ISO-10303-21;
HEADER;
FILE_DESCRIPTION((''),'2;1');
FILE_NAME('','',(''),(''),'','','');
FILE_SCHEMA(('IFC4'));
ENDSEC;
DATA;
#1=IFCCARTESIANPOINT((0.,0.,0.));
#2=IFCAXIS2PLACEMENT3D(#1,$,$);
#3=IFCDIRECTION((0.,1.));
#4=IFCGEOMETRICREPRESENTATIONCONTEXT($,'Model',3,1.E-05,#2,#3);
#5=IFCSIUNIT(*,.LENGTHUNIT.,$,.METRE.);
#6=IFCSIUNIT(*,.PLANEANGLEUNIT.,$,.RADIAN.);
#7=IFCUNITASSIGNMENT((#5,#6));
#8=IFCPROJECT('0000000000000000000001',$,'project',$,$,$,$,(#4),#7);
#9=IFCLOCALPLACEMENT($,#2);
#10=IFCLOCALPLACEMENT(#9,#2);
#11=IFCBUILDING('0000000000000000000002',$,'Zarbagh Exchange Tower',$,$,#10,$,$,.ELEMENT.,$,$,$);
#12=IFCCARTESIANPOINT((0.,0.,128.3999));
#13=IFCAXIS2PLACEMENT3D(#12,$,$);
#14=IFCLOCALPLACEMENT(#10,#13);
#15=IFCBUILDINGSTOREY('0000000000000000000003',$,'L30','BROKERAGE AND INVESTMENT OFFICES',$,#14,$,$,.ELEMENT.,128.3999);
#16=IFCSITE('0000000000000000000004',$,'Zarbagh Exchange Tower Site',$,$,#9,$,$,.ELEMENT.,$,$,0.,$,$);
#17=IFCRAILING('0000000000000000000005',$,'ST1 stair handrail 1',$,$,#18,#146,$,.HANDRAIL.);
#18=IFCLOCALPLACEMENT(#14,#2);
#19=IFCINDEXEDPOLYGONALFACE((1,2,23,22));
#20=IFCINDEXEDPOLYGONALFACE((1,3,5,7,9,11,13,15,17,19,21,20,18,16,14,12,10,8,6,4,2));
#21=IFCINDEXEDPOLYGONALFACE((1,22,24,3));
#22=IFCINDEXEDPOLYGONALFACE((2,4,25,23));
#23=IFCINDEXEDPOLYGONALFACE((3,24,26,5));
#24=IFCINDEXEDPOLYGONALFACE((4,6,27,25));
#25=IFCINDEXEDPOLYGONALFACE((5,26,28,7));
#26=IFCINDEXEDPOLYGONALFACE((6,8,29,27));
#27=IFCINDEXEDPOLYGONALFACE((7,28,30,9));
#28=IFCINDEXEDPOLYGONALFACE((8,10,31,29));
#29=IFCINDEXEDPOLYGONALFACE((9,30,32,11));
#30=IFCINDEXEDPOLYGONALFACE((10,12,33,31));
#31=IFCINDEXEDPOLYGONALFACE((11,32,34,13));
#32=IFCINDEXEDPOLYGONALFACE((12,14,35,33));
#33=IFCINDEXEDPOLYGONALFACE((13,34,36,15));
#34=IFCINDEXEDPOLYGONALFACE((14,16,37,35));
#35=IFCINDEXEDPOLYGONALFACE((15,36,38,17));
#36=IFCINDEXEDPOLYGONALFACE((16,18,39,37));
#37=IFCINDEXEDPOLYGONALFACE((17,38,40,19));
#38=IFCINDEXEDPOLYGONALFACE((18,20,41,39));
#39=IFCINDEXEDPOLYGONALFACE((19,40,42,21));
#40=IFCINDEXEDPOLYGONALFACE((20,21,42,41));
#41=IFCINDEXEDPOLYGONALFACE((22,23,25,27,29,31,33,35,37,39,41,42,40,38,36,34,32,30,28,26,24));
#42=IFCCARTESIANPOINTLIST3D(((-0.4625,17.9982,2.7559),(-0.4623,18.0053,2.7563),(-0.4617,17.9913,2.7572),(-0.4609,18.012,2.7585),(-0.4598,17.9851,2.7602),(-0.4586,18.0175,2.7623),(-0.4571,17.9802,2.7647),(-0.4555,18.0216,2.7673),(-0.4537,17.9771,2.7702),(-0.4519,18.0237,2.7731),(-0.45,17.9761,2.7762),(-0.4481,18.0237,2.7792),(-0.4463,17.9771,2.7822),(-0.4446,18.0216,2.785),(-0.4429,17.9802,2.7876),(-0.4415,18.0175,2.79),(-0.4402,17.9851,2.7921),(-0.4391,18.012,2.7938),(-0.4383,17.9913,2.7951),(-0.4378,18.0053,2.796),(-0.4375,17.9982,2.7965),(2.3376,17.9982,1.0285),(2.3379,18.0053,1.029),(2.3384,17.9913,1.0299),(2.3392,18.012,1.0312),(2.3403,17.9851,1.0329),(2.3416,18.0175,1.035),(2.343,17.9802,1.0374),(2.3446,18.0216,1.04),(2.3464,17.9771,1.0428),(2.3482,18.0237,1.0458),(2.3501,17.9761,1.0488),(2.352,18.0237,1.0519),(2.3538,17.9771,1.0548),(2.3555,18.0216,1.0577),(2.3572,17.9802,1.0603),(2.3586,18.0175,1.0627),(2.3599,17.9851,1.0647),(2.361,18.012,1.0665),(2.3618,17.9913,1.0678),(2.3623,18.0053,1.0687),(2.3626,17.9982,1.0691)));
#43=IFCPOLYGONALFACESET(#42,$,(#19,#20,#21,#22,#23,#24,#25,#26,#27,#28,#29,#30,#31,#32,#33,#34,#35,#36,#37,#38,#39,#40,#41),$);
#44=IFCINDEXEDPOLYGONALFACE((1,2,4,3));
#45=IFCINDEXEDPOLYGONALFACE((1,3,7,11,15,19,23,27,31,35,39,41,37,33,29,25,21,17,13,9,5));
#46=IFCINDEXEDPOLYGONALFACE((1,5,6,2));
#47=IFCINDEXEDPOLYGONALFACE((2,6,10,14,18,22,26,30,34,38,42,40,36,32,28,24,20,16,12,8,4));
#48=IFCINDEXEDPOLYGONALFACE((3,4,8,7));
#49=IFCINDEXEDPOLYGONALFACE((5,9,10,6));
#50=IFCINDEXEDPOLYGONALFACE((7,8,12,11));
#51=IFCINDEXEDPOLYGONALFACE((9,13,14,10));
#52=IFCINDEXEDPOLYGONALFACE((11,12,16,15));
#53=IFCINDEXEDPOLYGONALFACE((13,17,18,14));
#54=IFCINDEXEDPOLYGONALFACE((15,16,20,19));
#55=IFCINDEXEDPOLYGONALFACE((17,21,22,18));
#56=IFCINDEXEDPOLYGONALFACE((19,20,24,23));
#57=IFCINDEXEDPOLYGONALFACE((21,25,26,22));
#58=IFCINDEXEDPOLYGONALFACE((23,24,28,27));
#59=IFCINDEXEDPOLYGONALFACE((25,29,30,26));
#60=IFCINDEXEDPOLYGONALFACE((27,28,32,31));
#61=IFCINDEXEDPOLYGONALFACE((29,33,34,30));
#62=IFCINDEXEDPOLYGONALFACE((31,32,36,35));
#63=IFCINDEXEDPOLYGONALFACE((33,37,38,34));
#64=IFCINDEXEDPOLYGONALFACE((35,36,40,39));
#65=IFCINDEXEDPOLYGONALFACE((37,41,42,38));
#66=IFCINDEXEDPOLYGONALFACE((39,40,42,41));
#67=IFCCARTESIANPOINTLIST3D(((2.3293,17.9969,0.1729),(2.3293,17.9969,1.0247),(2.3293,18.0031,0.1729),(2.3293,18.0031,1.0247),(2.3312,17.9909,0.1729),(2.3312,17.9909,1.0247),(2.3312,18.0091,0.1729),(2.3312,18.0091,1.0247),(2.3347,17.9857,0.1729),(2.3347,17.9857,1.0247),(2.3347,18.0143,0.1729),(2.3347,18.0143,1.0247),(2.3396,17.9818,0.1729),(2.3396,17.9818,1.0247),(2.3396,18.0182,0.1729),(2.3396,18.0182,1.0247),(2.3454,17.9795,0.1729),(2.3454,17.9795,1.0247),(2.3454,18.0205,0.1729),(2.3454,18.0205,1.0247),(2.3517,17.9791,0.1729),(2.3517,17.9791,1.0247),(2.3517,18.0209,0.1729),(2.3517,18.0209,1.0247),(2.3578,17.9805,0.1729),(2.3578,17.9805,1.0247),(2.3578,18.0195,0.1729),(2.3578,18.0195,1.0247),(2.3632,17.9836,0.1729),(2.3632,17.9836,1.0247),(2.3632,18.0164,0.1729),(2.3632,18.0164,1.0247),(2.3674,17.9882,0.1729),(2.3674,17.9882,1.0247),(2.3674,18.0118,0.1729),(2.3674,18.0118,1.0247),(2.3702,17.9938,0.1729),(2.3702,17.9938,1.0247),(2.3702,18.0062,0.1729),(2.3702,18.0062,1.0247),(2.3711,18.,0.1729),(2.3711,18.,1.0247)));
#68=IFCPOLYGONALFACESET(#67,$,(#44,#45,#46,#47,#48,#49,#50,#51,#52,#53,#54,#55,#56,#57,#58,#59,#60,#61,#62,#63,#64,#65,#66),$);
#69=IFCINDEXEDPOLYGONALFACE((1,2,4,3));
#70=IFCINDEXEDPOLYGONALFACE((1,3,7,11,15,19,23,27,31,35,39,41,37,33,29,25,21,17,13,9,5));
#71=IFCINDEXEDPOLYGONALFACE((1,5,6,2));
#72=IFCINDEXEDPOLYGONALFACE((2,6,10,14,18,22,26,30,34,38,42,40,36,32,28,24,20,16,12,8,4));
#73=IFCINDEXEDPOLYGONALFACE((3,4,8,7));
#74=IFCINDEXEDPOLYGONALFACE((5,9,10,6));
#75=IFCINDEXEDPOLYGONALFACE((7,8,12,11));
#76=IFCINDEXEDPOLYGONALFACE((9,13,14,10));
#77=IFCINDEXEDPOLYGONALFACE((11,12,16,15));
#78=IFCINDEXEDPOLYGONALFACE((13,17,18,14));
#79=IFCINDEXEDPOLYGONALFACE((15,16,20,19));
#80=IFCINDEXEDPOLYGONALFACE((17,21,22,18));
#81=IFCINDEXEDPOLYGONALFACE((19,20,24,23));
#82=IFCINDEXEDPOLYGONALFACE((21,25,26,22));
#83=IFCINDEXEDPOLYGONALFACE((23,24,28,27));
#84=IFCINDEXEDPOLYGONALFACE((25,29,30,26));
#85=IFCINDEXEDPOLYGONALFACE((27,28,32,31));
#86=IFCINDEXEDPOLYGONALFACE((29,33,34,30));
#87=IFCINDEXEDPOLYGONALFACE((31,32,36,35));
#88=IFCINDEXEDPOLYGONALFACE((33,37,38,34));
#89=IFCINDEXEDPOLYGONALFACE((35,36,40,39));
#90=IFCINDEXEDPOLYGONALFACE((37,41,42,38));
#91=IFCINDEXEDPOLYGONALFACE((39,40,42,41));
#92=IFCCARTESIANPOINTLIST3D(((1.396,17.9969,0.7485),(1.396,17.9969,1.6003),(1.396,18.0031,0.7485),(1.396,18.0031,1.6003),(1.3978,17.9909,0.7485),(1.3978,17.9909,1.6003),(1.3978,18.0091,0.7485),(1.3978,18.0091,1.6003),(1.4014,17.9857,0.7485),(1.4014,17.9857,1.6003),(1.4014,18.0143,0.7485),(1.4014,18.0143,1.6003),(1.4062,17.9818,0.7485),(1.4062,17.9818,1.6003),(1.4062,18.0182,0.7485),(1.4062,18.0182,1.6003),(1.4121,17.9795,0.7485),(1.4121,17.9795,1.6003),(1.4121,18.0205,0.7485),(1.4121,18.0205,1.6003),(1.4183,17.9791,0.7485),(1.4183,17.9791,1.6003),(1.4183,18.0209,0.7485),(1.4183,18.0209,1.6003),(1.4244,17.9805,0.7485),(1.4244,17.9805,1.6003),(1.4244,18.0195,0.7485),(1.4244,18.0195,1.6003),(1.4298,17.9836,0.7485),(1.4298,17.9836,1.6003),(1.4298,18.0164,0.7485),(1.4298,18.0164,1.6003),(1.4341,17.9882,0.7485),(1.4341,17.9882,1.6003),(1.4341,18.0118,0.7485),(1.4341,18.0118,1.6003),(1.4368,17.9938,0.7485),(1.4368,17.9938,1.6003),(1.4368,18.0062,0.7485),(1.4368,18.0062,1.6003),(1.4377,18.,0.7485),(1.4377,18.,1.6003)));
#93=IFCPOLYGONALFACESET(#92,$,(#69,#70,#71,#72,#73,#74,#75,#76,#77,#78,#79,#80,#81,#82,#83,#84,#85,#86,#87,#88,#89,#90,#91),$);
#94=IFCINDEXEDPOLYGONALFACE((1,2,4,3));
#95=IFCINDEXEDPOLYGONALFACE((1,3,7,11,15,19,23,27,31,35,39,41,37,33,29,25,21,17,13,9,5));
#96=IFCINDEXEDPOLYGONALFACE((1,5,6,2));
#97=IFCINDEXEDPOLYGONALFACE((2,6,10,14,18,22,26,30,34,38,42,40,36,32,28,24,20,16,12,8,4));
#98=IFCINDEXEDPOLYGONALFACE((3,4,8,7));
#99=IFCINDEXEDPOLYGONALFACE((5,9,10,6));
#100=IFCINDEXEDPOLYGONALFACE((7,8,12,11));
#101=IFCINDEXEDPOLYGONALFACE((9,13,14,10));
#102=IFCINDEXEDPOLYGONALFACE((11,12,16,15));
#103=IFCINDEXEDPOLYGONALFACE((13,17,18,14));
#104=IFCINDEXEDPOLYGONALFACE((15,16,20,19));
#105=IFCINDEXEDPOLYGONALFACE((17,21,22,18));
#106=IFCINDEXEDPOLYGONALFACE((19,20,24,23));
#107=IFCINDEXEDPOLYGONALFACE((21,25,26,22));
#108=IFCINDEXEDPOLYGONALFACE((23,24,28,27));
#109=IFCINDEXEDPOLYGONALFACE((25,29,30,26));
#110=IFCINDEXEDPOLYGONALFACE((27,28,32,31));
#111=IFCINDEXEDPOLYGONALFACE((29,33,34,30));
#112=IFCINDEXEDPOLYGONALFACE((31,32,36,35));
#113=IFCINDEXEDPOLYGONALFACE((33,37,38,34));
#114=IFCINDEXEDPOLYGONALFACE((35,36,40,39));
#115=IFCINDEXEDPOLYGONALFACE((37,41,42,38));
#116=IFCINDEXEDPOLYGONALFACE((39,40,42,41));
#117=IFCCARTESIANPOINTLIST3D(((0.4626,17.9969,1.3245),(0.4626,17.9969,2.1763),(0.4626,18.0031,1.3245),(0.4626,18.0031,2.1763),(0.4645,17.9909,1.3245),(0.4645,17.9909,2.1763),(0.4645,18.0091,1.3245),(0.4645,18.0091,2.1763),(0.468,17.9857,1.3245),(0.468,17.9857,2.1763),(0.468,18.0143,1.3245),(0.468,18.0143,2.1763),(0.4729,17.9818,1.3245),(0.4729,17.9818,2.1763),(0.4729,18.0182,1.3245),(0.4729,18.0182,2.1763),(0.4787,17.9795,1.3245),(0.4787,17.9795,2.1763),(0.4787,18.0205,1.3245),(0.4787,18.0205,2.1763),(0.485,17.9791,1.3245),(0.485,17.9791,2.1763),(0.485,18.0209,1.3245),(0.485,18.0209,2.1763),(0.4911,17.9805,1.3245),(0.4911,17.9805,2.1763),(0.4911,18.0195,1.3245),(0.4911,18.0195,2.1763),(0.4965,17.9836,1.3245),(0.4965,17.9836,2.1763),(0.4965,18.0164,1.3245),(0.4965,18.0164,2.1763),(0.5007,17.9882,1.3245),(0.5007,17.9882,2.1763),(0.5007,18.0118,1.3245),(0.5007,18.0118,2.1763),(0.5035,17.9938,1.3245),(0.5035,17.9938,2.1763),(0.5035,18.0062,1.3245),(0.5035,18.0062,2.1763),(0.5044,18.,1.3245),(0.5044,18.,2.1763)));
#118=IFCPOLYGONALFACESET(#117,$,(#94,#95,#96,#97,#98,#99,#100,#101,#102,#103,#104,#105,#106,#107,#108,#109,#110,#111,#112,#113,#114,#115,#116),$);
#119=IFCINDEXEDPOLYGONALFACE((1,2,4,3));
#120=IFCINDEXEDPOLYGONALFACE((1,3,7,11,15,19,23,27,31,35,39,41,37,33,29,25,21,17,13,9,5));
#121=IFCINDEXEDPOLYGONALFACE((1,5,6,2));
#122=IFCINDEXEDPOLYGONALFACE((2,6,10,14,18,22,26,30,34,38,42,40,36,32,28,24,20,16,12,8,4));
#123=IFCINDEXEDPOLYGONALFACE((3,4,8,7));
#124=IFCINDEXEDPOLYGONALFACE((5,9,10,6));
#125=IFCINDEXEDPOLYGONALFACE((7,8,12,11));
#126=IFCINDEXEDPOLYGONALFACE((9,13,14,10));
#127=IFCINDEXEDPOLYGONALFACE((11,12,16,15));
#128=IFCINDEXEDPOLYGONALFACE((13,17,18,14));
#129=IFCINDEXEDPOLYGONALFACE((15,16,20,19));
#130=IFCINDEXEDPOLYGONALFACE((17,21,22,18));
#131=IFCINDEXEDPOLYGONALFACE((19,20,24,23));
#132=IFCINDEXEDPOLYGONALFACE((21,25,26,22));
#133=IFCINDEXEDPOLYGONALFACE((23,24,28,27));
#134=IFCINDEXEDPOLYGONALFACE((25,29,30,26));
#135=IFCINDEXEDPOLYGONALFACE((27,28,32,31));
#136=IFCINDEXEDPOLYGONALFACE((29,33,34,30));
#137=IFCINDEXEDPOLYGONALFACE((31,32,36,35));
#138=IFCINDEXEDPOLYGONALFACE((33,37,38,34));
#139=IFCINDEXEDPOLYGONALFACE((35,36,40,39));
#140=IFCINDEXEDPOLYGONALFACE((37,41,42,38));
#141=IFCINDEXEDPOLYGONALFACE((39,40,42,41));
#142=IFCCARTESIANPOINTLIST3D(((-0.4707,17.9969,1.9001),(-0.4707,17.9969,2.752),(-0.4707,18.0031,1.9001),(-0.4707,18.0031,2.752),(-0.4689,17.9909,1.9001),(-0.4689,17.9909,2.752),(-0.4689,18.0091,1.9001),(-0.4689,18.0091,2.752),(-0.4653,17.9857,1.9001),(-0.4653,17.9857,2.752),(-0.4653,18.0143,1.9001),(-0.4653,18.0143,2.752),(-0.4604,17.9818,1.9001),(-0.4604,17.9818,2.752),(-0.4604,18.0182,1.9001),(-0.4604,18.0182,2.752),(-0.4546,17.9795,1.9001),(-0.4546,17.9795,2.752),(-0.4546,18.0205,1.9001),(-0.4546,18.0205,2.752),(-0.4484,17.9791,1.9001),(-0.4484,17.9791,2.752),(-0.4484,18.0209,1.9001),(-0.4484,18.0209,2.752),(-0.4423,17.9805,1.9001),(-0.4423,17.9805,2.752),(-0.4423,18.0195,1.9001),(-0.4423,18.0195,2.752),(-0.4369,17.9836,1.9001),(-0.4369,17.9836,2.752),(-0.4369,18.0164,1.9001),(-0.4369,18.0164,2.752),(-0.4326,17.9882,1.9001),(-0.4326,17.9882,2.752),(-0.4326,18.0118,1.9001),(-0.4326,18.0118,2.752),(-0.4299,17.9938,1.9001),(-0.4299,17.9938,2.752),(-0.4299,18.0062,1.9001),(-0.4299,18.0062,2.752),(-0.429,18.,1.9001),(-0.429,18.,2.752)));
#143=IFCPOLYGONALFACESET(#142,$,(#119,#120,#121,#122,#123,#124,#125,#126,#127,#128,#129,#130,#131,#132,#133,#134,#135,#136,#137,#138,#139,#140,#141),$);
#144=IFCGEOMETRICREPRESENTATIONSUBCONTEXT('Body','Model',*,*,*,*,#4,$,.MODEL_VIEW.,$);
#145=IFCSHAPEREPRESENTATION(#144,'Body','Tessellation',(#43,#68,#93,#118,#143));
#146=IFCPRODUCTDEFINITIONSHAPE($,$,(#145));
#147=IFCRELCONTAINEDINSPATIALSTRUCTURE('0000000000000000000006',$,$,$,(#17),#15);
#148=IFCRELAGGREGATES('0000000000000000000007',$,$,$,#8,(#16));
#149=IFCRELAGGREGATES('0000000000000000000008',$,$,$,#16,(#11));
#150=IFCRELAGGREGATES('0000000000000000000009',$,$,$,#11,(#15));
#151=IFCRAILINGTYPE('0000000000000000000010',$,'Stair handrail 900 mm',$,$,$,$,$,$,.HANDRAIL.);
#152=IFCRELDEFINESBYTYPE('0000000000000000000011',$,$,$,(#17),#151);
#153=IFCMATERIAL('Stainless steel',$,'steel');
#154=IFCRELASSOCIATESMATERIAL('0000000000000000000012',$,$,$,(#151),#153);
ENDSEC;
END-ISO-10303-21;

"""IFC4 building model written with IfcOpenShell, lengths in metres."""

from ifc_helpers import new_model, si_unit, direction, frame, origin, origin_2d, place, context, subcontext, project, spatial, circle, extrude, material, type_object, element, save


model = new_model("IFC4")

# Units and contexts
model_context = context("Model", 3, precision=1e-05, world=origin(), true_north=direction((0.0, 1.0)))
body_context = subcontext(model_context, "Body", "Model", "MODEL_VIEW")
ifc_project = project(units=[si_unit("LENGTHUNIT", "METRE"), si_unit("PLANEANGLEUNIT", "RADIAN")], contexts=[model_context])

# Site, building, storey
site_placement = place(None, origin())
site = spatial("IfcSite", under=ifc_project, at=site_placement, Name="Zarbagh Exchange Tower Site", CompositionType="ELEMENT", RefElevation=0.0)
building_placement = place(site_placement, origin())
building = spatial("IfcBuilding", under=site, at=building_placement, Name="Zarbagh Exchange Tower", CompositionType="ELEMENT")
storey_placement = place(building_placement, frame((0.0, 0.0, 128.3999)))
storey = spatial("IfcBuildingStorey", under=building, at=storey_placement, Name="L30", Description="BROKERAGE AND INVESTMENT OFFICES", CompositionType="ELEMENT", Elevation=128.3999)

# Shared definitions
ifc_material_1 = material(Name="Stainless steel", Category="steel")

# Railing
railing_type = type_object("IfcRailingType", Name="Stair handrail 900 mm", PredefinedType="HANDRAIL", material=ifc_material_1)
for number, where, name in (
    (1, (2.3501, 18.0, 0.1729), "ST1 stair handrail 1"),
):
    element("IfcRailing", number, at=place(storey_placement, frame(where)), inside=storey, type_object=railing_type, Name=name, PredefinedType="HANDRAIL", context=body_context, shape_type="SweptSolid", body=[
        extrude(circle(Radius=0.0239, at=origin_2d()), frame((0.0, 0.0, 0.876), z_axis=(-0.85109, 0.0, 0.52502), x_axis=(0.0, -1.0, 0.0)), (0.0, 0.0, 1.0), 3.29),
        extrude(circle(Radius=0.021, at=origin_2d()), origin(), (0.0, 0.0, 1.0), 0.8518),
        extrude(circle(Radius=0.021, at=origin_2d()), frame((-0.9333, 0.0, 0.5757)), (0.0, 0.0, 1.0), 0.8518),
        extrude(circle(Radius=0.021, at=origin_2d()), frame((-1.8667, 0.0, 1.1516)), (0.0, 0.0, 1.0), 0.8518),
        extrude(circle(Radius=0.021, at=origin_2d()), frame((-2.8, 0.0, 1.7273)), (0.0, 0.0, 1.0), 0.8518),
    ])

save(model, "model.ifc")
